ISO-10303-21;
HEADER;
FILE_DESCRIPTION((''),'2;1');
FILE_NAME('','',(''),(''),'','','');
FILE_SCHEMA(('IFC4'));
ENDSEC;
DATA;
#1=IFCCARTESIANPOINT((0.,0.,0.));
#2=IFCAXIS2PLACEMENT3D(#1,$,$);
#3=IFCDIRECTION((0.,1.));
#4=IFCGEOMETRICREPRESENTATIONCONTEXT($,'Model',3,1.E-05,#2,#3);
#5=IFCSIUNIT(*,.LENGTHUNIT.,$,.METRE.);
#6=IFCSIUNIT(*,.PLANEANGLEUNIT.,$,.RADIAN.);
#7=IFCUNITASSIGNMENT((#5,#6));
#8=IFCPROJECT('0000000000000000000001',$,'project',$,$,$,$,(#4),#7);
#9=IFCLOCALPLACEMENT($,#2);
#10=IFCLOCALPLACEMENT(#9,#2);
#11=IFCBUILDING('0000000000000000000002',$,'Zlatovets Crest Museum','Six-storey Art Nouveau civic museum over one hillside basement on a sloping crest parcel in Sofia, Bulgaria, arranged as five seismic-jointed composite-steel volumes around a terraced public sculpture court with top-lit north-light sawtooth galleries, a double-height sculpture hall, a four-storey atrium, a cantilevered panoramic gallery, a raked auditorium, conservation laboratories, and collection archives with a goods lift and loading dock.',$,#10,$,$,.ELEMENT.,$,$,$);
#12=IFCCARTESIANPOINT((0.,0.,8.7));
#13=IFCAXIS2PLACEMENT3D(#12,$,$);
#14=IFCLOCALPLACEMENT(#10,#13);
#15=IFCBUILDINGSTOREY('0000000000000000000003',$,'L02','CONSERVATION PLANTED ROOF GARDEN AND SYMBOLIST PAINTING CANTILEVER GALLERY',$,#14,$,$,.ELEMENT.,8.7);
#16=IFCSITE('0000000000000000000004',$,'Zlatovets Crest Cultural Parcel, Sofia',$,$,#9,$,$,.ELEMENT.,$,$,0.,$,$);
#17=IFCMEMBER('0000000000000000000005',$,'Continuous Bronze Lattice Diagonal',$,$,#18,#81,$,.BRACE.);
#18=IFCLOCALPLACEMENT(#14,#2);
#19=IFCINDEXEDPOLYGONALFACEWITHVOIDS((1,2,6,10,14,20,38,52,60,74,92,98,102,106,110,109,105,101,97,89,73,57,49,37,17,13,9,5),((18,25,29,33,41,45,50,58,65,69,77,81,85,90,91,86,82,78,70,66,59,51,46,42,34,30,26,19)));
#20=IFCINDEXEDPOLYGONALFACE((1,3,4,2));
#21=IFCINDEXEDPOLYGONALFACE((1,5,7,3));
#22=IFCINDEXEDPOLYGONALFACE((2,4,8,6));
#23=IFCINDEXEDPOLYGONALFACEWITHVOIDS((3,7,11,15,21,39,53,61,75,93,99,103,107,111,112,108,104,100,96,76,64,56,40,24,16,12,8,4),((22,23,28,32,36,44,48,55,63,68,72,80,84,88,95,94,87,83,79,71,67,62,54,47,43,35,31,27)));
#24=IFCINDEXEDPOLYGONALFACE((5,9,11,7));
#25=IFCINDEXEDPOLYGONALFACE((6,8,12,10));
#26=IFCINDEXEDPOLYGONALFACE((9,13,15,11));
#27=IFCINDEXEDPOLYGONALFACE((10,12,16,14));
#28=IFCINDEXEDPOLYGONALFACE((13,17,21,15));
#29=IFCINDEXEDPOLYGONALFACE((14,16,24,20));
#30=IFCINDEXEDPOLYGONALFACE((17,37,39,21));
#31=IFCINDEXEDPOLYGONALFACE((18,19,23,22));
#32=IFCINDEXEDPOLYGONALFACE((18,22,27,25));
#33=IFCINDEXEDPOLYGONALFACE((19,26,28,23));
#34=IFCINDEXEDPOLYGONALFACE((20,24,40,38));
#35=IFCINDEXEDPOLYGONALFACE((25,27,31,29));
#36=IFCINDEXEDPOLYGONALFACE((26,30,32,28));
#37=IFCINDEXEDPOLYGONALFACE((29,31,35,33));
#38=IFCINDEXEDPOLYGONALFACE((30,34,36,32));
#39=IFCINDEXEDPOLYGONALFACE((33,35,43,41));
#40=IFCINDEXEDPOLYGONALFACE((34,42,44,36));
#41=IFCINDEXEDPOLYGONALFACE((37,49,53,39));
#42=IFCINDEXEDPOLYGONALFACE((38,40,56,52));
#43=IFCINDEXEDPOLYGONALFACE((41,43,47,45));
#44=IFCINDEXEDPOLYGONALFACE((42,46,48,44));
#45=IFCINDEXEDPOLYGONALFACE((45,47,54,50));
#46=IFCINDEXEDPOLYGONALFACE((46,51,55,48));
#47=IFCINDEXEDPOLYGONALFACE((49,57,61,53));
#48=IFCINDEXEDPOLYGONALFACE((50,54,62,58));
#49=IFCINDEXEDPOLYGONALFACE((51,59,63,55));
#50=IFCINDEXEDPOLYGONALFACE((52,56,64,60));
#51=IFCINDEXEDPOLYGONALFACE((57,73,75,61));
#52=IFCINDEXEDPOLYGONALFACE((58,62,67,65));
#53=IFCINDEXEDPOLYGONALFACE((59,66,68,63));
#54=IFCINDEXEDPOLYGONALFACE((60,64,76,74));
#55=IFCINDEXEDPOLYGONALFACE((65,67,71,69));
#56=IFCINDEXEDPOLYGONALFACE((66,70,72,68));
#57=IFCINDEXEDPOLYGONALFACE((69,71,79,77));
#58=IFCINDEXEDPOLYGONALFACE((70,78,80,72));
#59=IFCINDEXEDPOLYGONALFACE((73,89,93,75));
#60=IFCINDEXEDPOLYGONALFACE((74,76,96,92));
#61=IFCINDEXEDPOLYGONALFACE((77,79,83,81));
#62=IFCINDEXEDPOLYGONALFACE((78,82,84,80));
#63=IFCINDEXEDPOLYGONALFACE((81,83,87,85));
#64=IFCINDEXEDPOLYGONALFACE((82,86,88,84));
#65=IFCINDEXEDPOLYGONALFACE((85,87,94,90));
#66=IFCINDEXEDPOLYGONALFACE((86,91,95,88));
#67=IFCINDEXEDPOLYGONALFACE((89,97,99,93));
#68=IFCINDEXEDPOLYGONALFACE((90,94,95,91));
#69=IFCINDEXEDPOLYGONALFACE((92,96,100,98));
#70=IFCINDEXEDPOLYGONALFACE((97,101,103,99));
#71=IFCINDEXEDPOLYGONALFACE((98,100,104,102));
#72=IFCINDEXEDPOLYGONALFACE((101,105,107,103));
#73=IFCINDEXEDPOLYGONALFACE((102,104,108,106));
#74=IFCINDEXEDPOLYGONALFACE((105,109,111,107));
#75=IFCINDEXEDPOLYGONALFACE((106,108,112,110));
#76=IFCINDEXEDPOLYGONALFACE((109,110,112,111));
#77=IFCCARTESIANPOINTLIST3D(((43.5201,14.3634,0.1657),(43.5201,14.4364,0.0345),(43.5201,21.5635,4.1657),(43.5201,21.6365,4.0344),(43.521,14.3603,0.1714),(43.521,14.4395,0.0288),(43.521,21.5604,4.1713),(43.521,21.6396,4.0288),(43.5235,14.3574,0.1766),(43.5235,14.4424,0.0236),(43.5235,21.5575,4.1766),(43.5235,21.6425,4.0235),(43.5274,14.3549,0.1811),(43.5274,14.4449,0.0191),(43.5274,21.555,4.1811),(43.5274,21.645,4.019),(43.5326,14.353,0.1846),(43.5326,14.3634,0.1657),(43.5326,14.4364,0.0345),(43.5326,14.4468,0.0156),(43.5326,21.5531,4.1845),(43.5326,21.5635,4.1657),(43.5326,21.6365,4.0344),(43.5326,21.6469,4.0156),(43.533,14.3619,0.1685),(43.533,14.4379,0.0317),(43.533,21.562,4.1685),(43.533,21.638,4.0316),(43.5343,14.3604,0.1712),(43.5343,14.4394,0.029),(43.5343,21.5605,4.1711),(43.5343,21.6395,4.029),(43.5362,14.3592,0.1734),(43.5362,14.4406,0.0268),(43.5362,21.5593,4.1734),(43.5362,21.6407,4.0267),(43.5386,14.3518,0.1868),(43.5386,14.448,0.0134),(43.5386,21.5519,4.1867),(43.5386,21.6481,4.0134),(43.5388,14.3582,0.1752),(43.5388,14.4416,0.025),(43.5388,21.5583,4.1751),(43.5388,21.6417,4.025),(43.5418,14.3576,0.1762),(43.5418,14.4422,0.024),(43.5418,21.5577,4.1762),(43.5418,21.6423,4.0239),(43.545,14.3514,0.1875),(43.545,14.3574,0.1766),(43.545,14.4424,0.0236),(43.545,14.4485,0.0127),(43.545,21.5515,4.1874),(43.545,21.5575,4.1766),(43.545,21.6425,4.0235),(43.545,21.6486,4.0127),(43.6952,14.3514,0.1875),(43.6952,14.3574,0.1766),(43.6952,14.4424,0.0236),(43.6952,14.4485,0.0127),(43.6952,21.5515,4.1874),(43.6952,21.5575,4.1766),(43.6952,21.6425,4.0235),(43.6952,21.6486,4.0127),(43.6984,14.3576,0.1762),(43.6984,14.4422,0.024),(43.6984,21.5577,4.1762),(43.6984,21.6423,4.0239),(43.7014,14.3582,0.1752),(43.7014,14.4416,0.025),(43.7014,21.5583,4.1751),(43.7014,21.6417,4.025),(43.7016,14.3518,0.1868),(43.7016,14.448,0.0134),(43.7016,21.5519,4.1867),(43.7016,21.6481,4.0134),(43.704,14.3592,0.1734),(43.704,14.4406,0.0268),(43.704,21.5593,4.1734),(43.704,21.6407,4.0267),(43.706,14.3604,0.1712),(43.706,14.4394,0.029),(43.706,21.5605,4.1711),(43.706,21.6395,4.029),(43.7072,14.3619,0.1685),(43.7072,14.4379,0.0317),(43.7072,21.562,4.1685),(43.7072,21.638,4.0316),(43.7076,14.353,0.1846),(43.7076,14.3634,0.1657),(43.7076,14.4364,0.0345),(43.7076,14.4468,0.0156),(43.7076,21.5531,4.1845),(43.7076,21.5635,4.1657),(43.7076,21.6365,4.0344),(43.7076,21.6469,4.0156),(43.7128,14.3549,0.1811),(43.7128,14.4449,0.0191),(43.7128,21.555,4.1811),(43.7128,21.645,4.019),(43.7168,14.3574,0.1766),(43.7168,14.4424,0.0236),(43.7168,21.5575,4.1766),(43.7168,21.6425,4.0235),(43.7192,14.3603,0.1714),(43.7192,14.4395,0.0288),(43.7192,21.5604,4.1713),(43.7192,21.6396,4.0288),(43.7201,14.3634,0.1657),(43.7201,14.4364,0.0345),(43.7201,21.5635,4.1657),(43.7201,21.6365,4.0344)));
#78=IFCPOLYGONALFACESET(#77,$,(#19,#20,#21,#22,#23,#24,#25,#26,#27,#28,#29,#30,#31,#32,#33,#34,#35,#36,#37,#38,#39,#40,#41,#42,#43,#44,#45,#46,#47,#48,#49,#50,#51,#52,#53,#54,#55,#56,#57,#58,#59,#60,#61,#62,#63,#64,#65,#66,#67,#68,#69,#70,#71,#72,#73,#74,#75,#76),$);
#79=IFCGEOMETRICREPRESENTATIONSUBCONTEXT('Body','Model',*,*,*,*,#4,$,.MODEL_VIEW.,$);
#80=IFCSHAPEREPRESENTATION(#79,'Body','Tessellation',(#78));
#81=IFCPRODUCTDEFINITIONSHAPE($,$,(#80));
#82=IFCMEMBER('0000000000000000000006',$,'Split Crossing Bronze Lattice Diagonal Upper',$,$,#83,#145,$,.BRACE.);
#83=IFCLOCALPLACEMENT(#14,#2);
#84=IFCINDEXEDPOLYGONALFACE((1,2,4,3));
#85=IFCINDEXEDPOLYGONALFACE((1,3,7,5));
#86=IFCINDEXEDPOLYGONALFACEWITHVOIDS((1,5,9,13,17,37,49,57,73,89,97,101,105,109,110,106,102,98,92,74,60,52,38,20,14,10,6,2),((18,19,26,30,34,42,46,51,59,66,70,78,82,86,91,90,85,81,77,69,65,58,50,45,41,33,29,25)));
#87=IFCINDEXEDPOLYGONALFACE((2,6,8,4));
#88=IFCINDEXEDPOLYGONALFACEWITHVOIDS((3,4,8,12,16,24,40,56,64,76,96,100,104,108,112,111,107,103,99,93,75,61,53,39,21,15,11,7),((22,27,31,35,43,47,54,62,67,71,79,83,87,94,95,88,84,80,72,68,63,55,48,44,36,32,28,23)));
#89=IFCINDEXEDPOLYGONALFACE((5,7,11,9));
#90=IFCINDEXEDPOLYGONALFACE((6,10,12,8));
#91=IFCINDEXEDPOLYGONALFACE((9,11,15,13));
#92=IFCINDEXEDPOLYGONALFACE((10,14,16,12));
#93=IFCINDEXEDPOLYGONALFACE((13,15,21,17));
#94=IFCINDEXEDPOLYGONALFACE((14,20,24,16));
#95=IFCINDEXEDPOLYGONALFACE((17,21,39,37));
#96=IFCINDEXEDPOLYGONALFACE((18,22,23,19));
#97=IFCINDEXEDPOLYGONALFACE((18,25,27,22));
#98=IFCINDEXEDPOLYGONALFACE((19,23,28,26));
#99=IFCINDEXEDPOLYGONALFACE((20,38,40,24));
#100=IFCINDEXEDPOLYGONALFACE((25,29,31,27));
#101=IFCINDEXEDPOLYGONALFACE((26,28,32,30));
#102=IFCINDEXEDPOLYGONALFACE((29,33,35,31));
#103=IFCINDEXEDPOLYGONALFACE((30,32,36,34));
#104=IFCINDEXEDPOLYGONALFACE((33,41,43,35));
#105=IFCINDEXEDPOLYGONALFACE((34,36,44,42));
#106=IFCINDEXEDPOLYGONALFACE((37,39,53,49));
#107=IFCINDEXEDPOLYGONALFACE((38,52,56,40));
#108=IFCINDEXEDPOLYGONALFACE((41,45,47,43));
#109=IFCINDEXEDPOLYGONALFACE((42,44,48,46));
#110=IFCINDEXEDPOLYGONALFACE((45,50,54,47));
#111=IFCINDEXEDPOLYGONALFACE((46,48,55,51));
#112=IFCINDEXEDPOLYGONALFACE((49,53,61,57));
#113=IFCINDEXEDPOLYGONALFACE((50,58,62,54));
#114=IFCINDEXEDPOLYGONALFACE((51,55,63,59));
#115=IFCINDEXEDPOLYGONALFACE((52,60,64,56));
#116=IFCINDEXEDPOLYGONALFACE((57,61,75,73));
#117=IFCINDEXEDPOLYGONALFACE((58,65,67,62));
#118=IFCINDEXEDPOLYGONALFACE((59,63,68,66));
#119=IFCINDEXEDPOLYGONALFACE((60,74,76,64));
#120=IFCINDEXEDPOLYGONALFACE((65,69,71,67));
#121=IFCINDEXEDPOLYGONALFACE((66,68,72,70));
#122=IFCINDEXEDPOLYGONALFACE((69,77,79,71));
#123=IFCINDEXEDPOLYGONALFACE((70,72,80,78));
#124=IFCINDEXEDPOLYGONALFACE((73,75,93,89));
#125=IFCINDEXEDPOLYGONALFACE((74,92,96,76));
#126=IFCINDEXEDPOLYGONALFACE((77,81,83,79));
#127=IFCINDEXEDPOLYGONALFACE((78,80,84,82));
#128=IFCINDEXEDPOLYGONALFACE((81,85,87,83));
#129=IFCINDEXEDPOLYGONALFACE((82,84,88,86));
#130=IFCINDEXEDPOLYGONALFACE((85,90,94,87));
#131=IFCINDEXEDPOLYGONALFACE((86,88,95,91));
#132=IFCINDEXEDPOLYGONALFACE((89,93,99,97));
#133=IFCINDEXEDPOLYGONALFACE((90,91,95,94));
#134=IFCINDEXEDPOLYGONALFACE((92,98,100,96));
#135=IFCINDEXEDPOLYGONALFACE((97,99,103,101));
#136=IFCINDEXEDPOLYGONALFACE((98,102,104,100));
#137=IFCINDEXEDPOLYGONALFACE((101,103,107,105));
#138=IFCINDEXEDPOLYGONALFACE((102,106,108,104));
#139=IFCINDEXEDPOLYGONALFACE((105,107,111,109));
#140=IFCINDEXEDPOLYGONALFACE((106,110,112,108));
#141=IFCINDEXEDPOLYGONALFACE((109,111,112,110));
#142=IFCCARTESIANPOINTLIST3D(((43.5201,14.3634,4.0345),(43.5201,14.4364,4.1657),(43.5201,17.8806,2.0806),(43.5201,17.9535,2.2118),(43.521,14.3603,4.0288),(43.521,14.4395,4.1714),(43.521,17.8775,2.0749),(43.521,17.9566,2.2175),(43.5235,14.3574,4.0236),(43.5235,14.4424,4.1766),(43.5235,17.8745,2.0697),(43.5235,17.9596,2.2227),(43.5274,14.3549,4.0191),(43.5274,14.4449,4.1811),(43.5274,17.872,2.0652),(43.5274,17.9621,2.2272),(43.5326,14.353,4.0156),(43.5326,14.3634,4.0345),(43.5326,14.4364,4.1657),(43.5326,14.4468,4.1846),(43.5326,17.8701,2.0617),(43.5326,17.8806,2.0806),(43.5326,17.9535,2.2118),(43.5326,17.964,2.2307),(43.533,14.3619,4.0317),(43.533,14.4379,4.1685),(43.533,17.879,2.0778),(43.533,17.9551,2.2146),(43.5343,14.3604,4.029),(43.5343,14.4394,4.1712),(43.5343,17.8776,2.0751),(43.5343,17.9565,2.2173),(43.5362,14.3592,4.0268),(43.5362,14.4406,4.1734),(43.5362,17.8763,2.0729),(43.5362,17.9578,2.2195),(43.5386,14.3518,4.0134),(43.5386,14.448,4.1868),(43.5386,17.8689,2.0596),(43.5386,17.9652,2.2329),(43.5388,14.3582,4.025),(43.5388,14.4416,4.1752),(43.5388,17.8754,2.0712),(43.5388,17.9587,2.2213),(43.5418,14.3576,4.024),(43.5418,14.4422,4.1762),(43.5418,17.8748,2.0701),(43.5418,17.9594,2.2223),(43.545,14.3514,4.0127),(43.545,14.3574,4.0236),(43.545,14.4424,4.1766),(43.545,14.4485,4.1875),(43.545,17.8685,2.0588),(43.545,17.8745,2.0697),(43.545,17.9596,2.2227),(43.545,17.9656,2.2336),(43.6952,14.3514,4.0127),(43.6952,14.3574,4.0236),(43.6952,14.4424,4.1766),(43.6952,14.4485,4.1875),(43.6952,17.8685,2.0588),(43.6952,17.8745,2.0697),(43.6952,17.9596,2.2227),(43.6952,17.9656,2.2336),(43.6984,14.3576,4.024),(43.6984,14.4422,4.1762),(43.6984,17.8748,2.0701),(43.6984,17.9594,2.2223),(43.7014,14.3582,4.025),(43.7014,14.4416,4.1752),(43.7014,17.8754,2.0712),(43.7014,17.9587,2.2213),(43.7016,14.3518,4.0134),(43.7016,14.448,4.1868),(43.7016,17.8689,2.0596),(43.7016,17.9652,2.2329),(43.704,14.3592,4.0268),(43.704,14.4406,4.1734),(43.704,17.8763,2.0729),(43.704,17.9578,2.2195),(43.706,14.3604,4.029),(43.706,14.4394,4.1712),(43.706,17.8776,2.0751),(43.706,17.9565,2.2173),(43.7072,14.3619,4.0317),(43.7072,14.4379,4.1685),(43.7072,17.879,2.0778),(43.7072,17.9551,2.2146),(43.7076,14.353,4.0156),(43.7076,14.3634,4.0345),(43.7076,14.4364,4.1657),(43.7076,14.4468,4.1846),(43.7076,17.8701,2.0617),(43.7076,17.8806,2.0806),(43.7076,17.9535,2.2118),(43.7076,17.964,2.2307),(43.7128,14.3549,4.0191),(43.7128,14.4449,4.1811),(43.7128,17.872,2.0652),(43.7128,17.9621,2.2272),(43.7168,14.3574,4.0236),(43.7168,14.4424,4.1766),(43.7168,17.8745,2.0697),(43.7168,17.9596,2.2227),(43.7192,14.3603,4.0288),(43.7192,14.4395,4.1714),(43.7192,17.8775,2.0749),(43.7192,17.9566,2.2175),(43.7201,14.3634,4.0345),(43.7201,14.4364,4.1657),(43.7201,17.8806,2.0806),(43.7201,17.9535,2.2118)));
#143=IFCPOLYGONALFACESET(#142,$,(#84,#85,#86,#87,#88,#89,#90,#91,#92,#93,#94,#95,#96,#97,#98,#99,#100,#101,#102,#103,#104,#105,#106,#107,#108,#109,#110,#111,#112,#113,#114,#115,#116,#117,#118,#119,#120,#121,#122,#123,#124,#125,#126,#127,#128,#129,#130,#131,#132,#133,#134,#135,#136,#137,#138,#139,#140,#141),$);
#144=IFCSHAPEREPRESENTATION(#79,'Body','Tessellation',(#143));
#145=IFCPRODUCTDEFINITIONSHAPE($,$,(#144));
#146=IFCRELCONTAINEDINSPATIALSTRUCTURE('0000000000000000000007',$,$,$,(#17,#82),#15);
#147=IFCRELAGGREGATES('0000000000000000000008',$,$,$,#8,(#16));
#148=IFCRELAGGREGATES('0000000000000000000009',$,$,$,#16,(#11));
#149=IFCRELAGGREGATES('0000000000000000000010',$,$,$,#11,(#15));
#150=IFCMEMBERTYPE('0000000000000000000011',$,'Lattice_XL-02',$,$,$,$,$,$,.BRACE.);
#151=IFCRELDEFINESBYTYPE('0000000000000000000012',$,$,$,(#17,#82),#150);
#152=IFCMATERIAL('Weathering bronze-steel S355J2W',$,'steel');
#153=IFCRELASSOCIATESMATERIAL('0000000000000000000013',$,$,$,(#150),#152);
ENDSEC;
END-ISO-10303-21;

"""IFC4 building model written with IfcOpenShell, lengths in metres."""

from ifc_helpers import new_model, si_unit, direction, frame, origin, origin_2d, place, context, subcontext, project, spatial, hollow_rectangle, extrude, material, material_profile, profile_set, type_object, element, save


model = new_model("IFC4")

# Units and contexts
model_context = context("Model", 3, precision=1e-05, world=origin(), true_north=direction((0.0, 1.0)))
body_context = subcontext(model_context, "Body", "Model", "MODEL_VIEW")
ifc_project = project(units=[si_unit("LENGTHUNIT", "METRE"), si_unit("PLANEANGLEUNIT", "RADIAN")], contexts=[model_context])

# Site, building, storey
site_placement = place(None, origin())
site = spatial("IfcSite", under=ifc_project, at=site_placement, Name="Zlatovets Crest Cultural Parcel, Sofia", CompositionType="ELEMENT", RefElevation=0.0)
building_placement = place(site_placement, origin())
building = spatial("IfcBuilding", under=site, at=building_placement, Name="Zlatovets Crest Museum", Description="Six-storey Art Nouveau civic museum over one hillside basement on a sloping crest parcel in Sofia, Bulgaria, arranged as five seismic-jointed composite-steel volumes around a terraced public sculpture court with top-lit north-light sawtooth galleries, a double-height sculpture hall, a four-storey atrium, a cantilevered panoramic gallery, a raked auditorium, conservation laboratories, and collection archives with a goods lift and loading dock.", CompositionType="ELEMENT")
storey_placement = place(building_placement, frame((0.0, 0.0, 8.7)))
storey = spatial("IfcBuildingStorey", under=building, at=storey_placement, Name="L02", Description="CONSERVATION PLANTED ROOF GARDEN AND SYMBOLIST PAINTING CANTILEVER GALLERY", CompositionType="ELEMENT", Elevation=8.7)

# Members
ifc_material_1 = material(Name="Weathering bronze-steel S355J2W", Category="steel")
ifc_material_profile_1 = material_profile(ifc_material_1, hollow_rectangle(XDim=0.2, YDim=0.2, WallThickness=0.0125, InnerFilletRadius=0.0125, OuterFilletRadius=0.0249, at=origin_2d()), Name="SHS 200x200x12.5")
ifc_profile_set_1 = profile_set([ifc_material_profile_1], Name="Weathering bronze-steel S355J2W")
member_type_1 = type_object("IfcMemberType", Name="Lattice_XL-02", PredefinedType="BRACE", material=ifc_profile_set_1)
member_1_placement = place(storey_placement, frame((43.6201, 14.3999, 0.1001), z_axis=(0.0, 0.874163, 0.485633), x_axis=(-1.0, 0.0, 0.0)))
element("IfcMember", 1, at=member_1_placement, inside=storey, type_object=member_type_1, Name="Continuous Bronze Lattice Diagonal", PredefinedType="BRACE", context=body_context, shape_type="SweptSolid", body=[
    extrude(hollow_rectangle(XDim=0.2, YDim=0.2, WallThickness=0.0125, InnerFilletRadius=0.0125, OuterFilletRadius=0.0249, at=origin_2d()), origin(), (0.0, 0.0, 1.0), 8.2366),
])
member_2_placement = place(storey_placement, frame((43.6201, 14.3999, 4.1001), z_axis=(0.0, 0.874166, -0.485627), x_axis=(-1.0, 0.0, 0.0)))
element("IfcMember", 2, at=member_2_placement, inside=storey, type_object=member_type_1, Name="Split Crossing Bronze Lattice Diagonal Upper", PredefinedType="BRACE", context=body_context, shape_type="SweptSolid", body=[
    extrude(hollow_rectangle(XDim=0.2, YDim=0.2, WallThickness=0.0125, InnerFilletRadius=0.0125, OuterFilletRadius=0.0249, at=origin_2d()), origin(), (0.0, 0.0, 1.0), 4.0234),
])

save(model, "model.ifc")
